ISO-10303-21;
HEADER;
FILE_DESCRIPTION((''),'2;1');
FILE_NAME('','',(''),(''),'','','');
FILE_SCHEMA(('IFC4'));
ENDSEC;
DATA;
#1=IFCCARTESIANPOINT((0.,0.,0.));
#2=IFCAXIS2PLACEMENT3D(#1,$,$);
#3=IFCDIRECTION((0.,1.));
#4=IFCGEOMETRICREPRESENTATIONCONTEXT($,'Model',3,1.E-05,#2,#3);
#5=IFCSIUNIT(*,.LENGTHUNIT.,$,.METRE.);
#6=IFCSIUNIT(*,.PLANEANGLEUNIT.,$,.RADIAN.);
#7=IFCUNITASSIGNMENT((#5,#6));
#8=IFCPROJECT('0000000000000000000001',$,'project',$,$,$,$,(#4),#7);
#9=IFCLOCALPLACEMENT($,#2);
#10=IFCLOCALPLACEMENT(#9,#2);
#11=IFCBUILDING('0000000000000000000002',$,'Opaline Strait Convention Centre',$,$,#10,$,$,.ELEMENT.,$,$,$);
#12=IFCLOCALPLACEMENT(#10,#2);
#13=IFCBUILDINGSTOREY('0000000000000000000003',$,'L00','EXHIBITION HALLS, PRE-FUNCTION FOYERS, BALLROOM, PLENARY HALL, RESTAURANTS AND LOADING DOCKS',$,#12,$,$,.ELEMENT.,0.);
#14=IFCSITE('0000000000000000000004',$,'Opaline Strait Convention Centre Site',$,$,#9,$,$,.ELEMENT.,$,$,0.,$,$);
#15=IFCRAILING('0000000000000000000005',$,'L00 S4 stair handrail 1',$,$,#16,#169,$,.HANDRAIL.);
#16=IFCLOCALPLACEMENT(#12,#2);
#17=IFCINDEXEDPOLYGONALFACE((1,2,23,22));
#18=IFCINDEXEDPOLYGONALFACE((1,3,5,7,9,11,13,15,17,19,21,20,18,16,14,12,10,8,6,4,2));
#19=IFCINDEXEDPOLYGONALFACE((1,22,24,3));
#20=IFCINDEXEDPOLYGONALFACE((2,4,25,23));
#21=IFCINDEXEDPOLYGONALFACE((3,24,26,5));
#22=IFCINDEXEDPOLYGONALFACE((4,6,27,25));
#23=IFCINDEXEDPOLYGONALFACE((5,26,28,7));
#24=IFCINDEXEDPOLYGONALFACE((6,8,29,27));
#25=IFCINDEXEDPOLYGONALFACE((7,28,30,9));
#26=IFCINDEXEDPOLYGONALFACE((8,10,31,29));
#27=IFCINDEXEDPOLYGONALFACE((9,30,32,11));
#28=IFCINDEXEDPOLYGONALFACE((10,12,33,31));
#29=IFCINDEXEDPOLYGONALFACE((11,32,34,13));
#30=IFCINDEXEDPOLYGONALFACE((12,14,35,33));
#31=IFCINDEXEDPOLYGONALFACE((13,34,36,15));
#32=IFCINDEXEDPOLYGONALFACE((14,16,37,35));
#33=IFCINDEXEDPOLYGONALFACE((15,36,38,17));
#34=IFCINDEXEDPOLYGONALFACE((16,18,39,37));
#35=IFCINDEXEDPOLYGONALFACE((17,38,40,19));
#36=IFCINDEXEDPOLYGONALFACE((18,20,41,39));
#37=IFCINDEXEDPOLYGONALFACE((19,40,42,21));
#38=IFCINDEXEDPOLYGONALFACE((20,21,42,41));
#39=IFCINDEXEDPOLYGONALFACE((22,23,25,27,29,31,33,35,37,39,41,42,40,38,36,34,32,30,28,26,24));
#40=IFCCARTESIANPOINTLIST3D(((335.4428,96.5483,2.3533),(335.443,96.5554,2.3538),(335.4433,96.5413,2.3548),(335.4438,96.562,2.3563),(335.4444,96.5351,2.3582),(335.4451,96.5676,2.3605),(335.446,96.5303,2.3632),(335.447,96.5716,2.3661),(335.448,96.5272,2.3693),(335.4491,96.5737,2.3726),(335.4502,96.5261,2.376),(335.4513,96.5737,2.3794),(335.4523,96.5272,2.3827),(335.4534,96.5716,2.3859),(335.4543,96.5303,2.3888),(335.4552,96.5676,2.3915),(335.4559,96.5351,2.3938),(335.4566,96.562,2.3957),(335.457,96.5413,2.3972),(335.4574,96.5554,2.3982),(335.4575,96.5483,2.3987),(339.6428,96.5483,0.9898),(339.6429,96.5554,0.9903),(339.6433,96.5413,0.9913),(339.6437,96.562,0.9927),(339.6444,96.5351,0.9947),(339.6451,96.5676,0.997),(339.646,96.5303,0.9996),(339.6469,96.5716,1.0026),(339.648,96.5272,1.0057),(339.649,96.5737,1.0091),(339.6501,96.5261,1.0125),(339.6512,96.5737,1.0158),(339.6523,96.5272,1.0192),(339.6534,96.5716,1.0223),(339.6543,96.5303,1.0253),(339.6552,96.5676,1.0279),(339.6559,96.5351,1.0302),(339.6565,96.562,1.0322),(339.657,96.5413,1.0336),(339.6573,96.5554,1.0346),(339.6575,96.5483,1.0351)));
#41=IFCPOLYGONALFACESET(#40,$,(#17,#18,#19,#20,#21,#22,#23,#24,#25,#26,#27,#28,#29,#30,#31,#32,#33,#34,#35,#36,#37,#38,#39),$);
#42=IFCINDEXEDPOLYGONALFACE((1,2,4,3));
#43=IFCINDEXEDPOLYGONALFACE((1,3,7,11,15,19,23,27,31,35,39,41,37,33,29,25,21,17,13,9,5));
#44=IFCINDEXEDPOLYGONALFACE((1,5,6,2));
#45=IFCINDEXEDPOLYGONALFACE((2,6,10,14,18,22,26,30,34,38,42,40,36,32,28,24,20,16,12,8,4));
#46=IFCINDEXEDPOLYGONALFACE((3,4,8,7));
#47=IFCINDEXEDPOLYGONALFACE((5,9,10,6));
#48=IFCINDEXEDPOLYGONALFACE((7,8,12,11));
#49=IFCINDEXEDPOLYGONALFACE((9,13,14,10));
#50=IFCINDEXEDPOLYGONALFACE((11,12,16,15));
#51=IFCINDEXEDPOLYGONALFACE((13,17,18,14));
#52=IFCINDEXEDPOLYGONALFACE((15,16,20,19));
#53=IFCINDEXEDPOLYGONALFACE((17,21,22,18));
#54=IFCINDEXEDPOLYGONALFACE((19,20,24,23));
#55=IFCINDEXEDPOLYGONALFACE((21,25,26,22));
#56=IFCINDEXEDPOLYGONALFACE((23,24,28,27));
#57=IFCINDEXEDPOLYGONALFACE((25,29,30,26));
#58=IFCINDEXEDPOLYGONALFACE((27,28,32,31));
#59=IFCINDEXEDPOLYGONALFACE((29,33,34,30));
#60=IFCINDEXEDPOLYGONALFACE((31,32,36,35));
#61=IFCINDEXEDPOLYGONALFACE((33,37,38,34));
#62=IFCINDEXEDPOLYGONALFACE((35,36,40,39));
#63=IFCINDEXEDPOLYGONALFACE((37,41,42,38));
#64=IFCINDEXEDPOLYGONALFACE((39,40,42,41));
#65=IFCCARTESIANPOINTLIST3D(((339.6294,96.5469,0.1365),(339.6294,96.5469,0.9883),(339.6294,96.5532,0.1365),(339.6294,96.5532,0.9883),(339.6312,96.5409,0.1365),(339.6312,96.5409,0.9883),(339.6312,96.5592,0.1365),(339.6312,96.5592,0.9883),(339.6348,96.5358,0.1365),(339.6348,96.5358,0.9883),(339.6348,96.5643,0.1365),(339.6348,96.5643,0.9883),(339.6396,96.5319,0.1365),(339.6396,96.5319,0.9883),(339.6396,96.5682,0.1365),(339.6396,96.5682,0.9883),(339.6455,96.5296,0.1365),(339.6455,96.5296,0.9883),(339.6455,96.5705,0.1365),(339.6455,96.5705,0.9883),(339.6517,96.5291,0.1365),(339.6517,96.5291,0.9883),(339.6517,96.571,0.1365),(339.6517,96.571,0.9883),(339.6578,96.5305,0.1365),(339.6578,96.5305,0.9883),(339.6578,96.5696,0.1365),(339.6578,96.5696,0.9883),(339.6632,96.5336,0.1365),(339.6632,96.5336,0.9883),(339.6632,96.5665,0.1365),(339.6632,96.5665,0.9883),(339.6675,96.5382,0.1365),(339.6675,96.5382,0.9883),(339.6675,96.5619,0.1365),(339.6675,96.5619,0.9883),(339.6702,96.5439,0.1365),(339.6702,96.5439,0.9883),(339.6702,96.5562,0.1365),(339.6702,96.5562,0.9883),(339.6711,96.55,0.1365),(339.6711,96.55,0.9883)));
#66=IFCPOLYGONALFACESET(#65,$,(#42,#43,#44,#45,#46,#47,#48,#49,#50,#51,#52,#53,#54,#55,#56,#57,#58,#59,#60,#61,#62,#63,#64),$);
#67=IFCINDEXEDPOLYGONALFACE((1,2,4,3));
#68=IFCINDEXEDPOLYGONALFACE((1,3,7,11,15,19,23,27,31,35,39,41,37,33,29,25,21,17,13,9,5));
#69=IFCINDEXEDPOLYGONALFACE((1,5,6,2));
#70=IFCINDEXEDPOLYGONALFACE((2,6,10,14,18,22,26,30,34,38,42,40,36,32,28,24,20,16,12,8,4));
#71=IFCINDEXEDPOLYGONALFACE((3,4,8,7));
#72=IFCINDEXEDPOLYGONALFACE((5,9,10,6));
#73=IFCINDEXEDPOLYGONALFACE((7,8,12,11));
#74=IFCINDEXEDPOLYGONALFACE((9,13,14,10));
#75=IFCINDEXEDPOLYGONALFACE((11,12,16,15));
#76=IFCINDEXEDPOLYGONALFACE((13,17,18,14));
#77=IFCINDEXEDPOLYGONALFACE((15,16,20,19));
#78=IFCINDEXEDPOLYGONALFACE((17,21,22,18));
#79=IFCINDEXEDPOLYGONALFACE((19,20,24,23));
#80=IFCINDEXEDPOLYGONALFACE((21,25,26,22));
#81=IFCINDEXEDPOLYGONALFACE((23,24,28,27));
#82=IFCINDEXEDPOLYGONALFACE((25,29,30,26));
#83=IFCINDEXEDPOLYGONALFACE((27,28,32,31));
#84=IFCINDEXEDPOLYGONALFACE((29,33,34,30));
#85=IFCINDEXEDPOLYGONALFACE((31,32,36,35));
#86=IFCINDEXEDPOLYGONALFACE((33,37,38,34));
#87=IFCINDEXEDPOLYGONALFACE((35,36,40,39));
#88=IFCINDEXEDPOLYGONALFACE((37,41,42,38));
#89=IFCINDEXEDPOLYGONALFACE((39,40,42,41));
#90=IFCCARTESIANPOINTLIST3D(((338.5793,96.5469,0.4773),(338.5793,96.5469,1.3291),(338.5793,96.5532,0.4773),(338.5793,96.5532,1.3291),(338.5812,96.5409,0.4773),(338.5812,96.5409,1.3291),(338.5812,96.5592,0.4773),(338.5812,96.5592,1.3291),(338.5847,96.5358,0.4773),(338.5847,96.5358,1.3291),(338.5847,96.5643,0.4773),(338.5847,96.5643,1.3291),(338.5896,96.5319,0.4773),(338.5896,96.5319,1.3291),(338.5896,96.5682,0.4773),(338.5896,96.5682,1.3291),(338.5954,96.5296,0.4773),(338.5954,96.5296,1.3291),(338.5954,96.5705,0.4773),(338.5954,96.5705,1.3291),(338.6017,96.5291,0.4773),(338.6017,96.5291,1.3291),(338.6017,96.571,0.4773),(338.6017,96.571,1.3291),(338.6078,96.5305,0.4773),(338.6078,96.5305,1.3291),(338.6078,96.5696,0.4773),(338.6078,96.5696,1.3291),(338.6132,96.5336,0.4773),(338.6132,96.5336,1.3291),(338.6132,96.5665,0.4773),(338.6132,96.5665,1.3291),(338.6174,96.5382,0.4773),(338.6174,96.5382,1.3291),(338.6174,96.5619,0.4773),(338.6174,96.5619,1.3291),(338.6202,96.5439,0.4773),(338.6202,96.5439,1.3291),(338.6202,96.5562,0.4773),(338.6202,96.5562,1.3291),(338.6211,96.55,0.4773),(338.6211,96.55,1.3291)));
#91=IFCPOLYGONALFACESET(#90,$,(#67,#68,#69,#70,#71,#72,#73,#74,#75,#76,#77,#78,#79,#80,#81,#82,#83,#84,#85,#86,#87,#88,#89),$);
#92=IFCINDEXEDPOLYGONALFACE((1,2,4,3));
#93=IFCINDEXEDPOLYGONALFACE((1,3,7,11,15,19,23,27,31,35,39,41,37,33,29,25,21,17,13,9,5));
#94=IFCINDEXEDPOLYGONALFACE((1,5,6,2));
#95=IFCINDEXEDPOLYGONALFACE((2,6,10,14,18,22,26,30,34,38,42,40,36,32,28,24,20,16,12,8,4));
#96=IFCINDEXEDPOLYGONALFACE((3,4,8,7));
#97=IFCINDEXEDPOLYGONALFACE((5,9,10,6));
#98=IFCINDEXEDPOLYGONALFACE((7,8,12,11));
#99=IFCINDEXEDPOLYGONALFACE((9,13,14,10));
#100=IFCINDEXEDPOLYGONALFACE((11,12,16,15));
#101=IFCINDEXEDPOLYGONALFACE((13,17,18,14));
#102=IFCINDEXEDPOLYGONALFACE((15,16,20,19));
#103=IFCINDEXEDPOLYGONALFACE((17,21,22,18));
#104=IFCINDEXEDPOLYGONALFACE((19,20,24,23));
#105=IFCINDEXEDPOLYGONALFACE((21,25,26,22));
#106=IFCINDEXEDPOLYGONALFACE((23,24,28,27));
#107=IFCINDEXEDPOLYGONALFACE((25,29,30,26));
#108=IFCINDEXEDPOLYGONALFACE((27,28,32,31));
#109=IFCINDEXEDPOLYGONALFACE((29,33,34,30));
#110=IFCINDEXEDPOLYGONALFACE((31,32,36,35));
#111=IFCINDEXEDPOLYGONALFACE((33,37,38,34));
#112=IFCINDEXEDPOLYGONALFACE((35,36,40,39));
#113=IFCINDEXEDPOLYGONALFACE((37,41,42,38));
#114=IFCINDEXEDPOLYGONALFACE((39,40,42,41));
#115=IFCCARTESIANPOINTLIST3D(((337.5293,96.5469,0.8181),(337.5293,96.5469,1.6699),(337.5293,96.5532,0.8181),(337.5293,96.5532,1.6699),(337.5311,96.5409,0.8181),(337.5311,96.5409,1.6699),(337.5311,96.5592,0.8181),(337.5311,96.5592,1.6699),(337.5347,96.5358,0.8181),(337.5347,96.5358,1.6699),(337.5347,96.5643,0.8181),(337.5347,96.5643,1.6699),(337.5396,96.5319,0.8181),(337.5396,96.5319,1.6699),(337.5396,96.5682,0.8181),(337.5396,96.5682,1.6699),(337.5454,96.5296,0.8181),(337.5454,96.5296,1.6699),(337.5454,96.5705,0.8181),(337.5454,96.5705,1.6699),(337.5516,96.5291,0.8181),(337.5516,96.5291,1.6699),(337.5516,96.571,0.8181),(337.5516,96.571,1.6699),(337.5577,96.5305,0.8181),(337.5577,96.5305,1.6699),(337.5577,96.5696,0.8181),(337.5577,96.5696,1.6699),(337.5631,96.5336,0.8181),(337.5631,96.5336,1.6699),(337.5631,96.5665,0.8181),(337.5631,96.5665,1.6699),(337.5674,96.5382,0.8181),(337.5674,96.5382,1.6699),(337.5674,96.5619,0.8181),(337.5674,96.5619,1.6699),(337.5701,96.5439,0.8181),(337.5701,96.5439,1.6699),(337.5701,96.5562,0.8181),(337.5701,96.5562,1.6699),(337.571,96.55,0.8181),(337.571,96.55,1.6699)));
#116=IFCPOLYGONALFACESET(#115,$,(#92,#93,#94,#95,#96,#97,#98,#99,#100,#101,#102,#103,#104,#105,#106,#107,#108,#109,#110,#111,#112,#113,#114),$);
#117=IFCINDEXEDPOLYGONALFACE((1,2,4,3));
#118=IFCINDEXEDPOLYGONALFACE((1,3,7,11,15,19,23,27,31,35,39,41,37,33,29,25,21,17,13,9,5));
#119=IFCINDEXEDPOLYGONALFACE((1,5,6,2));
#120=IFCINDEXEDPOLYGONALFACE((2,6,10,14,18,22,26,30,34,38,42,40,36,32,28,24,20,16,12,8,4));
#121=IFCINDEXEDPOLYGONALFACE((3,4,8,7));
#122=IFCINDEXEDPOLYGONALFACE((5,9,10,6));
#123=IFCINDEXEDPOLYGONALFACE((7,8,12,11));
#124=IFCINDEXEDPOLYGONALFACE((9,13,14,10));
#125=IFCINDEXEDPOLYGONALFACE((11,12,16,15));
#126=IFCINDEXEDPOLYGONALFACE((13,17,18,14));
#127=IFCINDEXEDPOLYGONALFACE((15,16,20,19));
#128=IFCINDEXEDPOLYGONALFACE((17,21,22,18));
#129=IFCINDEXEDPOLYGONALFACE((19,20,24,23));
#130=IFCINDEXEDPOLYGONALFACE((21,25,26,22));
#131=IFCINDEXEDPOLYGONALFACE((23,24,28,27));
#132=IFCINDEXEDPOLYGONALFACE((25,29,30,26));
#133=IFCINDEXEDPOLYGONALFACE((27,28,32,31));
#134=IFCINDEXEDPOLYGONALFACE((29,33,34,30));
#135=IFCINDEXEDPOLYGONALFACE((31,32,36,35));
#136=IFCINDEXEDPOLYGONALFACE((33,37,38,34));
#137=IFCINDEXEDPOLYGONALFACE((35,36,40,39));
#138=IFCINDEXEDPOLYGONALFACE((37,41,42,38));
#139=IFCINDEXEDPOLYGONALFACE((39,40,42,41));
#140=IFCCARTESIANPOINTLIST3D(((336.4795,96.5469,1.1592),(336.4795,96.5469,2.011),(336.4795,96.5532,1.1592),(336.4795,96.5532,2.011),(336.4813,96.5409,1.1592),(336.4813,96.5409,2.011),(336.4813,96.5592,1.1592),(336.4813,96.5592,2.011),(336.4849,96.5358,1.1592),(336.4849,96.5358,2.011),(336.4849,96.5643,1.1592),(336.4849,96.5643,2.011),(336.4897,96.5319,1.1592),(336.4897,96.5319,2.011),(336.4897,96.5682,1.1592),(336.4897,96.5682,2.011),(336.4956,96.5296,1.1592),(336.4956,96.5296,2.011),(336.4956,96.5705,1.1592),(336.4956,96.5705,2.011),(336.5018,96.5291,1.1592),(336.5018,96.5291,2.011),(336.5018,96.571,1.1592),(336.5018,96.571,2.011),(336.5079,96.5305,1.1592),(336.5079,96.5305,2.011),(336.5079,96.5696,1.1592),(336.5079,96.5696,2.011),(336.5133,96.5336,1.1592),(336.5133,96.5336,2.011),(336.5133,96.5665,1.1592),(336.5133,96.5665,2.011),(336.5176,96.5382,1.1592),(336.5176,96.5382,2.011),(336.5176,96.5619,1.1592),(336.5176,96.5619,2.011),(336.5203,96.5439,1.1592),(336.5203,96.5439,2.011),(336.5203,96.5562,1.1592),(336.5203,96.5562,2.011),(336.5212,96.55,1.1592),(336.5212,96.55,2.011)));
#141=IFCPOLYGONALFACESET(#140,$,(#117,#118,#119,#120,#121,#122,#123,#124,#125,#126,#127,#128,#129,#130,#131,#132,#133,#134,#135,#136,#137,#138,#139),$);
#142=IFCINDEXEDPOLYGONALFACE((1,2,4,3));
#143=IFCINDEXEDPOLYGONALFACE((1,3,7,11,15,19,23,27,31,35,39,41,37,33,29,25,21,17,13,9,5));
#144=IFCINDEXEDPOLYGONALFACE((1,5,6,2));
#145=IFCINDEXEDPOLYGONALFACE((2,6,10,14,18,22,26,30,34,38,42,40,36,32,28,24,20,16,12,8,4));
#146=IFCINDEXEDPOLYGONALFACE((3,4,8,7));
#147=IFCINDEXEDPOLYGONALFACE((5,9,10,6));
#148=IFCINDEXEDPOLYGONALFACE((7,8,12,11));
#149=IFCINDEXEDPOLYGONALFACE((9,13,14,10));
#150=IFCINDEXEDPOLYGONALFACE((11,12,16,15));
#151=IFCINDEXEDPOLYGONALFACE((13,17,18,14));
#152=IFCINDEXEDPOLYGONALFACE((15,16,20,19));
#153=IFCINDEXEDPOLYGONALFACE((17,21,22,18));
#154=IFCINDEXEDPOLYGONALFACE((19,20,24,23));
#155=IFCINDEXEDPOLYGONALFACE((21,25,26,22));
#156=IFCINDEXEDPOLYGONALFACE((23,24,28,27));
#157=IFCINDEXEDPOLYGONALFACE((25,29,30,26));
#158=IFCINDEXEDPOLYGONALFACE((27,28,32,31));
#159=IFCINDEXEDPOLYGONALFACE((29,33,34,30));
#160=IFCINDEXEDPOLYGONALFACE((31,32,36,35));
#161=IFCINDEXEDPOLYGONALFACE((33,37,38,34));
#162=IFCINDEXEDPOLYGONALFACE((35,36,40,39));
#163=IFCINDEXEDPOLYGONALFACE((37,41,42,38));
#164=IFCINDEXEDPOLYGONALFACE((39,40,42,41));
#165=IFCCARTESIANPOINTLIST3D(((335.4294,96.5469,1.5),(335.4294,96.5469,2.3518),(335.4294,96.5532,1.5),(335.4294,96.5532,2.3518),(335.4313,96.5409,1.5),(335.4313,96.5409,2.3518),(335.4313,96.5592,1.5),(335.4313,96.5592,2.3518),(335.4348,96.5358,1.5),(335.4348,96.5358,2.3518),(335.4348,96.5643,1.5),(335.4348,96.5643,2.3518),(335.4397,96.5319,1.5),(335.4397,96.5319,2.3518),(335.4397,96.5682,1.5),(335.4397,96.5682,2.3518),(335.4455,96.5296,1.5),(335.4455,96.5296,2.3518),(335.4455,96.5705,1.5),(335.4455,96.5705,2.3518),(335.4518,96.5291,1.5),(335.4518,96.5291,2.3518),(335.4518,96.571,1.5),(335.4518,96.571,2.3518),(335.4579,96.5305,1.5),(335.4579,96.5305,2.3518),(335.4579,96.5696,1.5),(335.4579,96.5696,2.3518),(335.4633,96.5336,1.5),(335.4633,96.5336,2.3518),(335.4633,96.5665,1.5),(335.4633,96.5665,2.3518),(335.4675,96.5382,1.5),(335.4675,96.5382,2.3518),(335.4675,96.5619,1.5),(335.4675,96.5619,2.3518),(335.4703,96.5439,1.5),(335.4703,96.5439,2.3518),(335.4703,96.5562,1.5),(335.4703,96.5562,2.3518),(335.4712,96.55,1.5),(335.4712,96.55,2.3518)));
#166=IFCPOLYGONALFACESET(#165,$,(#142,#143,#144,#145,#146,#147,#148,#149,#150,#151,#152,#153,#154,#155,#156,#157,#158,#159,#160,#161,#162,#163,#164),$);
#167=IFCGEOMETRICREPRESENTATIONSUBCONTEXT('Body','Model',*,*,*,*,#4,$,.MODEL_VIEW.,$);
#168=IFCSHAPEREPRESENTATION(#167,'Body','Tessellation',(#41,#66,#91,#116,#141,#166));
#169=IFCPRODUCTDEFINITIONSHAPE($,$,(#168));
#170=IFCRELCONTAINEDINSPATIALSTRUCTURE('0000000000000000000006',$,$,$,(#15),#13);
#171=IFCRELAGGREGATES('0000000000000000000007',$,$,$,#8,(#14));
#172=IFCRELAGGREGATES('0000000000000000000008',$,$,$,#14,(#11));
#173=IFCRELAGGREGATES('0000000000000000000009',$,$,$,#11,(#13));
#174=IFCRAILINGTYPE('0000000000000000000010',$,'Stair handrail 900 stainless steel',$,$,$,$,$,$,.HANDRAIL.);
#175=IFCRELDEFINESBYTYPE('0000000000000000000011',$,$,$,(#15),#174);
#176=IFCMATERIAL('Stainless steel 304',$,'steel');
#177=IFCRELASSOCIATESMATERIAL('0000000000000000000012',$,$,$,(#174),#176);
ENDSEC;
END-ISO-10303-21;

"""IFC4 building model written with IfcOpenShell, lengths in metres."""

from ifc_helpers import new_model, si_unit, direction, frame, origin, origin_2d, place, context, subcontext, project, spatial, circle, extrude, material, type_object, element, save


model = new_model("IFC4")

# Units and contexts
model_context = context("Model", 3, precision=1e-05, world=origin(), true_north=direction((0.0, 1.0)))
body_context = subcontext(model_context, "Body", "Model", "MODEL_VIEW")
ifc_project = project(units=[si_unit("LENGTHUNIT", "METRE"), si_unit("PLANEANGLEUNIT", "RADIAN")], contexts=[model_context])

# Site, building, storey
site_placement = place(None, origin())
site = spatial("IfcSite", under=ifc_project, at=site_placement, Name="Opaline Strait Convention Centre Site", CompositionType="ELEMENT", RefElevation=0.0)
building_placement = place(site_placement, origin())
building = spatial("IfcBuilding", under=site, at=building_placement, Name="Opaline Strait Convention Centre", CompositionType="ELEMENT")
storey_placement = place(building_placement, origin())
storey = spatial("IfcBuildingStorey", under=building, at=storey_placement, Name="L00", Description="EXHIBITION HALLS, PRE-FUNCTION FOYERS, BALLROOM, PLENARY HALL, RESTAURANTS AND LOADING DOCKS", CompositionType="ELEMENT", Elevation=0.0)

# Railing
ifc_material_1 = material(Name="Stainless steel 304", Category="steel")
railing_type_1 = type_object("IfcRailingType", Name="Stair handrail 900 stainless steel", PredefinedType="HANDRAIL", material=ifc_material_1)
railing_1_placement = place(storey_placement, frame((339.6501, 96.55, 0.1365)))
element("IfcRailing", 1, at=railing_1_placement, inside=storey, type_object=railing_type_1, Name="L00 S4 stair handrail 1", PredefinedType="HANDRAIL", context=body_context, shape_type="SweptSolid", body=[
    extrude(circle(Radius=0.0239, at=origin_2d()), frame((0.0, 0.0, 0.876), z_axis=(-0.951131, 0.0, 0.308787), x_axis=(0.0, -1.0, 0.0)), (0.0, 0.0, 1.0), 4.4158),
    extrude(circle(Radius=0.021, at=origin_2d()), origin(), (0.0, 0.0, 1.0), 0.8518),
    extrude(circle(Radius=0.021, at=origin_2d()), frame((-1.05, 0.0, 0.3408)), (0.0, 0.0, 1.0), 0.8518),
    extrude(circle(Radius=0.021, at=origin_2d()), frame((-2.1001, 0.0, 0.6816)), (0.0, 0.0, 1.0), 0.8518),
    extrude(circle(Radius=0.021, at=origin_2d()), frame((-3.1499, 0.0, 1.0227)), (0.0, 0.0, 1.0), 0.8518),
    extrude(circle(Radius=0.021, at=origin_2d()), frame((-4.2, 0.0, 1.3635)), (0.0, 0.0, 1.0), 0.8518),
])

save(model, "model.ifc")
